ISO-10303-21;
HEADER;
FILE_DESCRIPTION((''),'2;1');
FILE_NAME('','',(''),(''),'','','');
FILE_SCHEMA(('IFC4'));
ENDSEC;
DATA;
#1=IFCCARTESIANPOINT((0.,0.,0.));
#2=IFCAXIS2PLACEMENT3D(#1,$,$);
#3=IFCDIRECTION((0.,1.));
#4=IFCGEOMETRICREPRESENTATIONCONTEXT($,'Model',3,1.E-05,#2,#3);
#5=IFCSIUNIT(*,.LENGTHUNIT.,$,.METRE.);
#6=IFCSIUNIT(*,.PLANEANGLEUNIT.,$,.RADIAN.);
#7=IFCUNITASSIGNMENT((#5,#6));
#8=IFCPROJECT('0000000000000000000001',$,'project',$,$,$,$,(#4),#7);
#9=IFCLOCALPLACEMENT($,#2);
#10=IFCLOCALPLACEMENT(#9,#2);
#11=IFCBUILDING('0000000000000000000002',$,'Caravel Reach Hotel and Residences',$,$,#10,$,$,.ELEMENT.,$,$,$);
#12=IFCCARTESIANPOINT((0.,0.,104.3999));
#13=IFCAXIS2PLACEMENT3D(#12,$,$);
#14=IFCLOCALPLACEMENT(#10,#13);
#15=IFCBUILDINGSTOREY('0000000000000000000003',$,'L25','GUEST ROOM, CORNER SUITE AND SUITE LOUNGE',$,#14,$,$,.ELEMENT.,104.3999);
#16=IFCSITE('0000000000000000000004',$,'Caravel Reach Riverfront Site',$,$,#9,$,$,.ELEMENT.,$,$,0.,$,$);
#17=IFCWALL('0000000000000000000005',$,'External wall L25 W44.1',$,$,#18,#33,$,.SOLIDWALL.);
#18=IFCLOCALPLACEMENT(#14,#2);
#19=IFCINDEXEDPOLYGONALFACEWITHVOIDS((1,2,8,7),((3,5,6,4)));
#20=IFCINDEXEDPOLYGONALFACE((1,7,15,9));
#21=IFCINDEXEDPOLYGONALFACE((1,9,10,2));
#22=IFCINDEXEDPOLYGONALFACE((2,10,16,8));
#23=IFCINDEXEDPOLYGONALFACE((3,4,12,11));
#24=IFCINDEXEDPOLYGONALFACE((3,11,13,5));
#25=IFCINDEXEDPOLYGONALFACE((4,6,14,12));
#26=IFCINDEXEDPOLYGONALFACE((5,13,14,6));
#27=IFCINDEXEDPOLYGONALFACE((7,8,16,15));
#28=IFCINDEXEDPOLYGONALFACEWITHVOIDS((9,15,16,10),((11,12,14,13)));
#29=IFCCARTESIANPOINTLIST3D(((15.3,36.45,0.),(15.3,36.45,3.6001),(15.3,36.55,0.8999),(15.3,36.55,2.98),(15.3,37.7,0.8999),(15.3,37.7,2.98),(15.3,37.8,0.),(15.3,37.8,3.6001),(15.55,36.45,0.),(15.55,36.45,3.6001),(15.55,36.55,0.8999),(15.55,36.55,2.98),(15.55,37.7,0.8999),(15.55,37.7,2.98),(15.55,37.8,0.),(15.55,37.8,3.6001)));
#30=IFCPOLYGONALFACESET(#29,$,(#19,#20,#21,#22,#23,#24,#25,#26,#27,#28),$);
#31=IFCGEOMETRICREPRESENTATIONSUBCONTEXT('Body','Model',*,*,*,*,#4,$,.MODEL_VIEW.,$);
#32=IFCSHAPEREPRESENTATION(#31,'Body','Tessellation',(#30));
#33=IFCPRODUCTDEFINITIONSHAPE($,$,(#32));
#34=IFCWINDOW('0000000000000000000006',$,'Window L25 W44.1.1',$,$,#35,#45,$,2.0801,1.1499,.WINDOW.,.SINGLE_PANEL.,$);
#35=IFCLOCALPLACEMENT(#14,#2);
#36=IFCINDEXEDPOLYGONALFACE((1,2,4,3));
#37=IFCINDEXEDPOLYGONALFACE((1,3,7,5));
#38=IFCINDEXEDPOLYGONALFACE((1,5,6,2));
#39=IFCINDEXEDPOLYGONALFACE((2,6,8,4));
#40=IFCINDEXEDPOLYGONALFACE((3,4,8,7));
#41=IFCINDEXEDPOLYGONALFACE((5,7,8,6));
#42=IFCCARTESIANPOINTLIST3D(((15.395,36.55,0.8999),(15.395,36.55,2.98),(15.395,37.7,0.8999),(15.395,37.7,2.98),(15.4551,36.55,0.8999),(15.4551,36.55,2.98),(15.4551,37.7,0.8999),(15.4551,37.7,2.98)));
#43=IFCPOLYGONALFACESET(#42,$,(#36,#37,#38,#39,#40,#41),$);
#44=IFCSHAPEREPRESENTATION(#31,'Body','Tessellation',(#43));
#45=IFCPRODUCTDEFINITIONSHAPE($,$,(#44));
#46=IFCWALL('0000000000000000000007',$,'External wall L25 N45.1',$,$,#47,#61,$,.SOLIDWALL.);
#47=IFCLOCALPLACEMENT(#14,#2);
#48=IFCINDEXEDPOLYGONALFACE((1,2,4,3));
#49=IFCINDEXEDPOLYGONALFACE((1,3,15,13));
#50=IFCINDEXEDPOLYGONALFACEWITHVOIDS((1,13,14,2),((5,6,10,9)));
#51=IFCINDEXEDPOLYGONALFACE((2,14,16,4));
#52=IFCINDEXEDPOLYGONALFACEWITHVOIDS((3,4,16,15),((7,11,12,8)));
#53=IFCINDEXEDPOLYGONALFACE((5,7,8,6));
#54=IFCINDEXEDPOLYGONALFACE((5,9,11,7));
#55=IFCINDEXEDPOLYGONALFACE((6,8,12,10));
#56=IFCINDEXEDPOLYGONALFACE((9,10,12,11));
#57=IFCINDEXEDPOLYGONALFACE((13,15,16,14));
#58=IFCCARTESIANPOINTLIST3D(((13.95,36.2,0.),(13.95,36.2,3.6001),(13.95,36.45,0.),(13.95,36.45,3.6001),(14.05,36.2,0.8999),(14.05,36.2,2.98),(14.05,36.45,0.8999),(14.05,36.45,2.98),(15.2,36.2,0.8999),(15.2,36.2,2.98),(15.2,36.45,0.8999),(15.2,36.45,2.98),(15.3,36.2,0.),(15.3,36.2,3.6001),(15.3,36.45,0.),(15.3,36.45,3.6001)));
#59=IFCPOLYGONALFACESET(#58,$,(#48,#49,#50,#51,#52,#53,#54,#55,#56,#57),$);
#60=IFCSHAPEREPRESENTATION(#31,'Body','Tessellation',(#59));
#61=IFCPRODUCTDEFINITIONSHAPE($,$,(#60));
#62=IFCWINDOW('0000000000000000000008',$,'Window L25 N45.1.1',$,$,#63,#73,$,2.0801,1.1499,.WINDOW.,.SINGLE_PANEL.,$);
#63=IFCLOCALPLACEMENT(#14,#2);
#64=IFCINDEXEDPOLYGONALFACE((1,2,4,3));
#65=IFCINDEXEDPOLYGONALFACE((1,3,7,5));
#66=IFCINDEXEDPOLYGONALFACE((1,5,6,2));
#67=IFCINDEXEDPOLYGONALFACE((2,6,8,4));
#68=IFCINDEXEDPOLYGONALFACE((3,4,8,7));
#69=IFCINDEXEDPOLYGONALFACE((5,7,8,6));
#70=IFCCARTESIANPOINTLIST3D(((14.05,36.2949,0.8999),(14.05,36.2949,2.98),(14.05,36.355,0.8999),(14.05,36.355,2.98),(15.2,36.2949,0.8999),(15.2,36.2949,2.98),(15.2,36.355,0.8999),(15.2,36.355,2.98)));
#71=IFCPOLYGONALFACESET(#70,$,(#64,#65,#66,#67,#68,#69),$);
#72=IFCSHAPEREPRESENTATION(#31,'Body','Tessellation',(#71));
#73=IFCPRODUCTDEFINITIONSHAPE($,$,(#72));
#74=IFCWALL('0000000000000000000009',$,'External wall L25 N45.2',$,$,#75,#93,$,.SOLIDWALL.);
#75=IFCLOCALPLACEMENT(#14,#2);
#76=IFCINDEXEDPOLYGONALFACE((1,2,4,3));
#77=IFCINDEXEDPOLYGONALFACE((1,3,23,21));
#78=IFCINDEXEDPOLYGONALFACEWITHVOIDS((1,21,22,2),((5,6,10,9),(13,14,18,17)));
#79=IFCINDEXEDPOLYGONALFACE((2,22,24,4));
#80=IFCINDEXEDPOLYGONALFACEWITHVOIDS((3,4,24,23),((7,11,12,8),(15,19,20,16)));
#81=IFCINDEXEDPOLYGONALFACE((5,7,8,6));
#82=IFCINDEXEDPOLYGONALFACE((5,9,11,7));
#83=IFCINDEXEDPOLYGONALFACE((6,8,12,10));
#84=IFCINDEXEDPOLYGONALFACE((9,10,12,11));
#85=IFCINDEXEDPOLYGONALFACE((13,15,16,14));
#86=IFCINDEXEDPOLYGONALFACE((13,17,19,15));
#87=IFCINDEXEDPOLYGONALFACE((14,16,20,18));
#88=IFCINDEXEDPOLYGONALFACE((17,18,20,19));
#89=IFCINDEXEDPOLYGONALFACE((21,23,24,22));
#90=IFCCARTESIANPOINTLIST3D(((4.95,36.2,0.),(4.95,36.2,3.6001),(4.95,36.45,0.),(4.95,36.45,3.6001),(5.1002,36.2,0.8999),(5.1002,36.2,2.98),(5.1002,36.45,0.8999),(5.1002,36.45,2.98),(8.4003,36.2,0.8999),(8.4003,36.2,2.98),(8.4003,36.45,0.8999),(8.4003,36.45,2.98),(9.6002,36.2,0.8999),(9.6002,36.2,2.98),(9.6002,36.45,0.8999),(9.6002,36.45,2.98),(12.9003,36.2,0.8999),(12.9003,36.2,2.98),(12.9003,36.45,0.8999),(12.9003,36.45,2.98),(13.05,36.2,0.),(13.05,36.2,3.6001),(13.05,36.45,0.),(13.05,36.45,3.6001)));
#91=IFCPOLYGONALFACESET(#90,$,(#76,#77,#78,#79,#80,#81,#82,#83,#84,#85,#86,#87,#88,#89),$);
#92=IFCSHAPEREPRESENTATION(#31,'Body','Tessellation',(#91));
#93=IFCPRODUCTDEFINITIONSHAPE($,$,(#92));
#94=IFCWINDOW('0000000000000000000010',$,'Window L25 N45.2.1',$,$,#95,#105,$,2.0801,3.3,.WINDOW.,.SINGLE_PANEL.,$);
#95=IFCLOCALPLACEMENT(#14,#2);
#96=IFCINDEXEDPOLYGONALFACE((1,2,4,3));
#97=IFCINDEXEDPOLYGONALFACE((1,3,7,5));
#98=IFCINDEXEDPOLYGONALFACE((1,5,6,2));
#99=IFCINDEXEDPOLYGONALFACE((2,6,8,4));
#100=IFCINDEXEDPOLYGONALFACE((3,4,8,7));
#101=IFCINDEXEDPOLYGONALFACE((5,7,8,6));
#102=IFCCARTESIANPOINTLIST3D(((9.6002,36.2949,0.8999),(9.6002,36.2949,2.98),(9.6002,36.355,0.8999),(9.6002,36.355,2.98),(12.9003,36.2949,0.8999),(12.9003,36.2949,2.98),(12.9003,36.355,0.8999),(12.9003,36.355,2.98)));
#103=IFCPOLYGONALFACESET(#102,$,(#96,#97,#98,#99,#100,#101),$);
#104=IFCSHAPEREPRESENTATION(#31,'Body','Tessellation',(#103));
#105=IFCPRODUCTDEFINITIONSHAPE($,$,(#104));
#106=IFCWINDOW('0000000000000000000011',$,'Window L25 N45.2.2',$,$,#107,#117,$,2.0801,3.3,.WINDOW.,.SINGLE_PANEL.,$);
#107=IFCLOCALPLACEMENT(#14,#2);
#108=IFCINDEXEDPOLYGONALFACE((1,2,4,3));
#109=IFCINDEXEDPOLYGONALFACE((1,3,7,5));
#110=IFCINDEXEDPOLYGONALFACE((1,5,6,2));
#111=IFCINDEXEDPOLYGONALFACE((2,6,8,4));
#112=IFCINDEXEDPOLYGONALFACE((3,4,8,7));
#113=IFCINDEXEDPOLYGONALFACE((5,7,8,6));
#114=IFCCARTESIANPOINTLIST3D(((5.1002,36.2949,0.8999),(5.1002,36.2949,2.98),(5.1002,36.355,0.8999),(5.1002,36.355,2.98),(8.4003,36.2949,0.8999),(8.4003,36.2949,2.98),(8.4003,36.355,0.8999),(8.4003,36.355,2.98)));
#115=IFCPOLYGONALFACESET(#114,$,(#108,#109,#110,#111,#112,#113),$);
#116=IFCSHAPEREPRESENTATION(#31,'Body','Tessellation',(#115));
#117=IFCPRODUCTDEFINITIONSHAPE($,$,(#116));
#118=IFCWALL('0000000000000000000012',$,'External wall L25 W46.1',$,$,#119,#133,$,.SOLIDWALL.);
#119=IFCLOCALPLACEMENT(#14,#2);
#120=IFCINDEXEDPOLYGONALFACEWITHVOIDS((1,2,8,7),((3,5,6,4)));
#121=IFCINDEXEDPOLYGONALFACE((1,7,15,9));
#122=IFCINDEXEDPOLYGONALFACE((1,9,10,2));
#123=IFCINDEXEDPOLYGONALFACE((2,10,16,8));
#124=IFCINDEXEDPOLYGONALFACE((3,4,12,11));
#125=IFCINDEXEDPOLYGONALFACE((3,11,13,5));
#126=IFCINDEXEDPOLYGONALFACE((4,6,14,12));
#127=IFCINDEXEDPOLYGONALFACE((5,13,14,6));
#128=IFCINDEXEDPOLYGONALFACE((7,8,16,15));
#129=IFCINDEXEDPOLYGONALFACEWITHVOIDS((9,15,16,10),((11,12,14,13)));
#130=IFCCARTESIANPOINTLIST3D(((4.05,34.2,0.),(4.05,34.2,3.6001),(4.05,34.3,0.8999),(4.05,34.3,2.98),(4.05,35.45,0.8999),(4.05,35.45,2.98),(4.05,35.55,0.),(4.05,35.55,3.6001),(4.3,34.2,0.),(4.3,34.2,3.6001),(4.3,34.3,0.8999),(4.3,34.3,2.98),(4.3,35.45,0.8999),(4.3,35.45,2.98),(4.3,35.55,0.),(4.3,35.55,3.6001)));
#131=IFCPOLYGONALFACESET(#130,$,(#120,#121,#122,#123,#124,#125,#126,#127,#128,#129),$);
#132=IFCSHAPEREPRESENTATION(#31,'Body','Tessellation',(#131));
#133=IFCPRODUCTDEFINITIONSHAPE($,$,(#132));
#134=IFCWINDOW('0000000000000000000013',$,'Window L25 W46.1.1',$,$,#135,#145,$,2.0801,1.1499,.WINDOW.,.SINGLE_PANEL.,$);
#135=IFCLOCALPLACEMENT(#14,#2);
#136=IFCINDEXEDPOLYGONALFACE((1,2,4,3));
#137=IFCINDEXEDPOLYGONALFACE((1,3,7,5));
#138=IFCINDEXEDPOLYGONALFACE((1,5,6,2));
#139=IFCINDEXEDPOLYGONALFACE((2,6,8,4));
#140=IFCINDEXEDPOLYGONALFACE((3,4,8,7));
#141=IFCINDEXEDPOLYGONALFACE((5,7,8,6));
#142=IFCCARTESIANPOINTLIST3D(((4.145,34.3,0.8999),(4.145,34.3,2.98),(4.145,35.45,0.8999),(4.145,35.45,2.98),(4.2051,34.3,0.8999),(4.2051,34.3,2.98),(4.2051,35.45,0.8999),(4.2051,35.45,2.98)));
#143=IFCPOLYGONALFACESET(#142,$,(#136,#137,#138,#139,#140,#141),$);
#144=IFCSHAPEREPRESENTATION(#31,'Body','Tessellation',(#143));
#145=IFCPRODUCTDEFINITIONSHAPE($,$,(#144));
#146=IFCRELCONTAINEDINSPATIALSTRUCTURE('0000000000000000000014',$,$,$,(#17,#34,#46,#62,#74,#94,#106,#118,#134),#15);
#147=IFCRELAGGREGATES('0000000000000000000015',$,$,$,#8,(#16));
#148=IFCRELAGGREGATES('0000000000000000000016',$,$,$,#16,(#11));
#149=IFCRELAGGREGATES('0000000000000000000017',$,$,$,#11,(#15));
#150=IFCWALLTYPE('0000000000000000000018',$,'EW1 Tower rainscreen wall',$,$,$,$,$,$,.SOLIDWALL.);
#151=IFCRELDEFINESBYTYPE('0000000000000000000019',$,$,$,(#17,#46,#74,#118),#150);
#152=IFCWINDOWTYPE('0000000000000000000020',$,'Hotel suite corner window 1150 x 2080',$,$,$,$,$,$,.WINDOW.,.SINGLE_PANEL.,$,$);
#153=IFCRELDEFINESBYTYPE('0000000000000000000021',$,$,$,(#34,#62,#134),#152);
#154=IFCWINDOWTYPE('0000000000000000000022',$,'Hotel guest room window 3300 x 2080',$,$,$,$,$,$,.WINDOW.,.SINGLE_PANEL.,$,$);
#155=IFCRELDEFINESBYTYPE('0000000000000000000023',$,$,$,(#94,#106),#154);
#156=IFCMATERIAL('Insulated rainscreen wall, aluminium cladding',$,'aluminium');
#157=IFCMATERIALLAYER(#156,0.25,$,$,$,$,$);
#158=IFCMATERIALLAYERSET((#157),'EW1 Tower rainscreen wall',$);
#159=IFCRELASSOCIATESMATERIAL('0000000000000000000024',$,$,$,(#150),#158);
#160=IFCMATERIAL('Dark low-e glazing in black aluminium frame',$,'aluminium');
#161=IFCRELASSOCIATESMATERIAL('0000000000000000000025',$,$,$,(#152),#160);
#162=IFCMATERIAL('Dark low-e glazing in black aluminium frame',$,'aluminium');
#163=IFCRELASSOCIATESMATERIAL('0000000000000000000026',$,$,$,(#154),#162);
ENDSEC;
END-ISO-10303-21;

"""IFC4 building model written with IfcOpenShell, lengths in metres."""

from ifc_helpers import new_model, si_unit, direction, frame, frame_2d, origin, place, context, subcontext, project, spatial, rectangle, extrude, material, layer, layer_set, type_object, element, fill, save


model = new_model("IFC4")

# Units and contexts
model_context = context("Model", 3, precision=1e-05, world=origin(), true_north=direction((0.0, 1.0)))
body_context = subcontext(model_context, "Body", "Model", "MODEL_VIEW")
ifc_project = project(units=[si_unit("LENGTHUNIT", "METRE"), si_unit("PLANEANGLEUNIT", "RADIAN")], contexts=[model_context])

# Site, building, storey
site_placement = place(None, origin())
site = spatial("IfcSite", under=ifc_project, at=site_placement, Name="Caravel Reach Riverfront Site", CompositionType="ELEMENT", RefElevation=0.0)
building_placement = place(site_placement, origin())
building = spatial("IfcBuilding", under=site, at=building_placement, Name="Caravel Reach Hotel and Residences", CompositionType="ELEMENT")
storey_placement = place(building_placement, frame((0.0, 0.0, 104.3999)))
storey = spatial("IfcBuildingStorey", under=building, at=storey_placement, Name="L25", Description="GUEST ROOM, CORNER SUITE AND SUITE LOUNGE", CompositionType="ELEMENT", Elevation=104.3999)

# Walls, openings, windows
ifc_material_1 = material(Name="Insulated rainscreen wall, aluminium cladding", Category="aluminium")
ifc_layer_1 = layer(ifc_material_1, 0.25)
ifc_layer_set_1 = layer_set([ifc_layer_1], Name="EW1 Tower rainscreen wall")
wall_type_1 = type_object("IfcWallType", Name="EW1 Tower rainscreen wall", PredefinedType="SOLIDWALL", material=ifc_layer_set_1)
ifc_material_2 = material(Name="Dark low-e glazing in black aluminium frame", Category="aluminium")
window_type_1 = type_object("IfcWindowType", Name="Hotel suite corner window 1150 x 2080", PartitioningType="SINGLE_PANEL", PredefinedType="WINDOW", material=ifc_material_2)
wall_1_placement = place(storey_placement, frame((15.425, 37.8, 0.0), z_axis=(0.0, 0.0, 1.0), x_axis=(0.0, -1.0, 0.0)))
wall_1 = element("IfcWall", 1, at=wall_1_placement, inside=storey, type_object=wall_type_1, Name="External wall L25 W44.1", PredefinedType="SOLIDWALL", context=body_context, shape_type="SweptSolid", body=[
    extrude(rectangle(XDim=1.3501, YDim=0.25, at=frame_2d((0.675, 0.0))), origin(), (0.0, 0.0, 1.0), 3.6001),
])
opening_1_placement = place(wall_1_placement, frame((0.1001, 0.0, 0.8999)))
opening_1 = element("IfcOpeningElement", 2, at=opening_1_placement, cuts=wall_1, PredefinedType="OPENING", context=body_context, shape_type="SweptSolid", body=[
    extrude(rectangle(XDim=1.1499, YDim=2.0801, at=frame_2d((0.575, 1.04))), frame((0.0, 0.135, 0.0), z_axis=(0.0, -1.0, 0.0), x_axis=(1.0, 0.0, 0.0)), (0.0, 0.0, 1.0), 0.27),
])
window_1_placement = place(opening_1_placement, origin())
window_1 = element("IfcWindow", 3, at=window_1_placement, inside=storey, type_object=window_type_1, Name="Window L25 W44.1.1", OverallHeight=2.0801, OverallWidth=1.1499, PartitioningType="SINGLE_PANEL", PredefinedType="WINDOW", context=body_context, shape_type="SweptSolid", body=[
    extrude(rectangle(XDim=1.1499, YDim=2.0801, at=frame_2d((0.575, 1.04))), frame((0.0, 0.03, 0.0), z_axis=(0.0, -1.0, 0.0), x_axis=(1.0, 0.0, 0.0)), (0.0, 0.0, 1.0), 0.0601),
])
fill(opening_1, window_1)
wall_2_placement = place(storey_placement, frame((15.3, 36.325, 0.0), z_axis=(0.0, 0.0, 1.0), x_axis=(-1.0, 0.0, 0.0)))
wall_2 = element("IfcWall", 4, at=wall_2_placement, inside=storey, type_object=wall_type_1, Name="External wall L25 N45.1", PredefinedType="SOLIDWALL", context=body_context, shape_type="SweptSolid", body=[
    extrude(rectangle(XDim=1.3501, YDim=0.25, at=frame_2d((0.675, 0.0))), origin(), (0.0, 0.0, 1.0), 3.6001),
])
opening_2_placement = place(wall_2_placement, frame((0.1001, 0.0, 0.8999)))
opening_2 = element("IfcOpeningElement", 5, at=opening_2_placement, cuts=wall_2, PredefinedType="OPENING", context=body_context, shape_type="SweptSolid", body=[
    extrude(rectangle(XDim=1.1499, YDim=2.0801, at=frame_2d((0.575, 1.04))), frame((0.0, 0.135, 0.0), z_axis=(0.0, -1.0, 0.0), x_axis=(1.0, 0.0, 0.0)), (0.0, 0.0, 1.0), 0.27),
])
window_2_placement = place(opening_2_placement, origin())
window_2 = element("IfcWindow", 6, at=window_2_placement, inside=storey, type_object=window_type_1, Name="Window L25 N45.1.1", OverallHeight=2.0801, OverallWidth=1.1499, PartitioningType="SINGLE_PANEL", PredefinedType="WINDOW", context=body_context, shape_type="SweptSolid", body=[
    extrude(rectangle(XDim=1.1499, YDim=2.0801, at=frame_2d((0.575, 1.04))), frame((0.0, 0.03, 0.0), z_axis=(0.0, -1.0, 0.0), x_axis=(1.0, 0.0, 0.0)), (0.0, 0.0, 1.0), 0.0601),
])
fill(opening_2, window_2)

# Wall, openings, windows
wall_3_placement = place(storey_placement, frame((13.05, 36.325, 0.0), z_axis=(0.0, 0.0, 1.0), x_axis=(-1.0, 0.0, 0.0)))
wall_3 = element("IfcWall", 7, at=wall_3_placement, inside=storey, type_object=wall_type_1, Name="External wall L25 N45.2", PredefinedType="SOLIDWALL", context=body_context, shape_type="SweptSolid", body=[
    extrude(rectangle(XDim=8.1001, YDim=0.25, at=frame_2d((4.05, 0.0))), origin(), (0.0, 0.0, 1.0), 3.6001),
])
opening_3_placement = place(wall_3_placement, frame((0.1499, 0.0, 0.8999)))
opening_3 = element("IfcOpeningElement", 8, at=opening_3_placement, cuts=wall_3, PredefinedType="OPENING", context=body_context, shape_type="SweptSolid", body=[
    extrude(rectangle(XDim=3.3, YDim=2.0801, at=frame_2d((1.6499, 1.04))), frame((0.0, 0.135, 0.0), z_axis=(0.0, -1.0, 0.0), x_axis=(1.0, 0.0, 0.0)), (0.0, 0.0, 1.0), 0.27),
])
opening_4_placement = place(wall_3_placement, frame((4.6499, 0.0, 0.8999)))
opening_4 = element("IfcOpeningElement", 9, at=opening_4_placement, cuts=wall_3, PredefinedType="OPENING", context=body_context, shape_type="SweptSolid", body=[
    extrude(rectangle(XDim=3.3, YDim=2.0801, at=frame_2d((1.6499, 1.04))), frame((0.0, 0.135, 0.0), z_axis=(0.0, -1.0, 0.0), x_axis=(1.0, 0.0, 0.0)), (0.0, 0.0, 1.0), 0.27),
])
ifc_material_3 = material(Name="Dark low-e glazing in black aluminium frame", Category="aluminium")
window_type_2 = type_object("IfcWindowType", Name="Hotel guest room window 3300 x 2080", PartitioningType="SINGLE_PANEL", PredefinedType="WINDOW", material=ifc_material_3)
window_3_placement = place(opening_3_placement, origin())
window_3 = element("IfcWindow", 10, at=window_3_placement, inside=storey, type_object=window_type_2, Name="Window L25 N45.2.1", OverallHeight=2.0801, OverallWidth=3.3, PartitioningType="SINGLE_PANEL", PredefinedType="WINDOW", context=body_context, shape_type="SweptSolid", body=[
    extrude(rectangle(XDim=3.3, YDim=2.0801, at=frame_2d((1.6499, 1.04))), frame((0.0, 0.03, 0.0), z_axis=(0.0, -1.0, 0.0), x_axis=(1.0, 0.0, 0.0)), (0.0, 0.0, 1.0), 0.0601),
])
fill(opening_3, window_3)
window_4_placement = place(opening_4_placement, origin())
window_4 = element("IfcWindow", 11, at=window_4_placement, inside=storey, type_object=window_type_2, Name="Window L25 N45.2.2", OverallHeight=2.0801, OverallWidth=3.3, PartitioningType="SINGLE_PANEL", PredefinedType="WINDOW", context=body_context, shape_type="SweptSolid", body=[
    extrude(rectangle(XDim=3.3, YDim=2.0801, at=frame_2d((1.6499, 1.04))), frame((0.0, 0.03, 0.0), z_axis=(0.0, -1.0, 0.0), x_axis=(1.0, 0.0, 0.0)), (0.0, 0.0, 1.0), 0.0601),
])
fill(opening_4, window_4)

# Wall, opening, window
wall_4_placement = place(storey_placement, frame((4.175, 35.55, 0.0), z_axis=(0.0, 0.0, 1.0), x_axis=(0.0, -1.0, 0.0)))
wall_4 = element("IfcWall", 12, at=wall_4_placement, inside=storey, type_object=wall_type_1, Name="External wall L25 W46.1", PredefinedType="SOLIDWALL", context=body_context, shape_type="SweptSolid", body=[
    extrude(rectangle(XDim=1.3501, YDim=0.25, at=frame_2d((0.675, 0.0))), origin(), (0.0, 0.0, 1.0), 3.6001),
])
opening_5_placement = place(wall_4_placement, frame((0.1001, 0.0, 0.8999)))
opening_5 = element("IfcOpeningElement", 13, at=opening_5_placement, cuts=wall_4, PredefinedType="OPENING", context=body_context, shape_type="SweptSolid", body=[
    extrude(rectangle(XDim=1.1499, YDim=2.0801, at=frame_2d((0.575, 1.04))), frame((0.0, 0.135, 0.0), z_axis=(0.0, -1.0, 0.0), x_axis=(1.0, 0.0, 0.0)), (0.0, 0.0, 1.0), 0.27),
])
window_5_placement = place(opening_5_placement, origin())
window_5 = element("IfcWindow", 14, at=window_5_placement, inside=storey, type_object=window_type_1, Name="Window L25 W46.1.1", OverallHeight=2.0801, OverallWidth=1.1499, PartitioningType="SINGLE_PANEL", PredefinedType="WINDOW", context=body_context, shape_type="SweptSolid", body=[
    extrude(rectangle(XDim=1.1499, YDim=2.0801, at=frame_2d((0.575, 1.04))), frame((0.0, 0.03, 0.0), z_axis=(0.0, -1.0, 0.0), x_axis=(1.0, 0.0, 0.0)), (0.0, 0.0, 1.0), 0.0601),
])
fill(opening_5, window_5)

save(model, "model.ifc")
